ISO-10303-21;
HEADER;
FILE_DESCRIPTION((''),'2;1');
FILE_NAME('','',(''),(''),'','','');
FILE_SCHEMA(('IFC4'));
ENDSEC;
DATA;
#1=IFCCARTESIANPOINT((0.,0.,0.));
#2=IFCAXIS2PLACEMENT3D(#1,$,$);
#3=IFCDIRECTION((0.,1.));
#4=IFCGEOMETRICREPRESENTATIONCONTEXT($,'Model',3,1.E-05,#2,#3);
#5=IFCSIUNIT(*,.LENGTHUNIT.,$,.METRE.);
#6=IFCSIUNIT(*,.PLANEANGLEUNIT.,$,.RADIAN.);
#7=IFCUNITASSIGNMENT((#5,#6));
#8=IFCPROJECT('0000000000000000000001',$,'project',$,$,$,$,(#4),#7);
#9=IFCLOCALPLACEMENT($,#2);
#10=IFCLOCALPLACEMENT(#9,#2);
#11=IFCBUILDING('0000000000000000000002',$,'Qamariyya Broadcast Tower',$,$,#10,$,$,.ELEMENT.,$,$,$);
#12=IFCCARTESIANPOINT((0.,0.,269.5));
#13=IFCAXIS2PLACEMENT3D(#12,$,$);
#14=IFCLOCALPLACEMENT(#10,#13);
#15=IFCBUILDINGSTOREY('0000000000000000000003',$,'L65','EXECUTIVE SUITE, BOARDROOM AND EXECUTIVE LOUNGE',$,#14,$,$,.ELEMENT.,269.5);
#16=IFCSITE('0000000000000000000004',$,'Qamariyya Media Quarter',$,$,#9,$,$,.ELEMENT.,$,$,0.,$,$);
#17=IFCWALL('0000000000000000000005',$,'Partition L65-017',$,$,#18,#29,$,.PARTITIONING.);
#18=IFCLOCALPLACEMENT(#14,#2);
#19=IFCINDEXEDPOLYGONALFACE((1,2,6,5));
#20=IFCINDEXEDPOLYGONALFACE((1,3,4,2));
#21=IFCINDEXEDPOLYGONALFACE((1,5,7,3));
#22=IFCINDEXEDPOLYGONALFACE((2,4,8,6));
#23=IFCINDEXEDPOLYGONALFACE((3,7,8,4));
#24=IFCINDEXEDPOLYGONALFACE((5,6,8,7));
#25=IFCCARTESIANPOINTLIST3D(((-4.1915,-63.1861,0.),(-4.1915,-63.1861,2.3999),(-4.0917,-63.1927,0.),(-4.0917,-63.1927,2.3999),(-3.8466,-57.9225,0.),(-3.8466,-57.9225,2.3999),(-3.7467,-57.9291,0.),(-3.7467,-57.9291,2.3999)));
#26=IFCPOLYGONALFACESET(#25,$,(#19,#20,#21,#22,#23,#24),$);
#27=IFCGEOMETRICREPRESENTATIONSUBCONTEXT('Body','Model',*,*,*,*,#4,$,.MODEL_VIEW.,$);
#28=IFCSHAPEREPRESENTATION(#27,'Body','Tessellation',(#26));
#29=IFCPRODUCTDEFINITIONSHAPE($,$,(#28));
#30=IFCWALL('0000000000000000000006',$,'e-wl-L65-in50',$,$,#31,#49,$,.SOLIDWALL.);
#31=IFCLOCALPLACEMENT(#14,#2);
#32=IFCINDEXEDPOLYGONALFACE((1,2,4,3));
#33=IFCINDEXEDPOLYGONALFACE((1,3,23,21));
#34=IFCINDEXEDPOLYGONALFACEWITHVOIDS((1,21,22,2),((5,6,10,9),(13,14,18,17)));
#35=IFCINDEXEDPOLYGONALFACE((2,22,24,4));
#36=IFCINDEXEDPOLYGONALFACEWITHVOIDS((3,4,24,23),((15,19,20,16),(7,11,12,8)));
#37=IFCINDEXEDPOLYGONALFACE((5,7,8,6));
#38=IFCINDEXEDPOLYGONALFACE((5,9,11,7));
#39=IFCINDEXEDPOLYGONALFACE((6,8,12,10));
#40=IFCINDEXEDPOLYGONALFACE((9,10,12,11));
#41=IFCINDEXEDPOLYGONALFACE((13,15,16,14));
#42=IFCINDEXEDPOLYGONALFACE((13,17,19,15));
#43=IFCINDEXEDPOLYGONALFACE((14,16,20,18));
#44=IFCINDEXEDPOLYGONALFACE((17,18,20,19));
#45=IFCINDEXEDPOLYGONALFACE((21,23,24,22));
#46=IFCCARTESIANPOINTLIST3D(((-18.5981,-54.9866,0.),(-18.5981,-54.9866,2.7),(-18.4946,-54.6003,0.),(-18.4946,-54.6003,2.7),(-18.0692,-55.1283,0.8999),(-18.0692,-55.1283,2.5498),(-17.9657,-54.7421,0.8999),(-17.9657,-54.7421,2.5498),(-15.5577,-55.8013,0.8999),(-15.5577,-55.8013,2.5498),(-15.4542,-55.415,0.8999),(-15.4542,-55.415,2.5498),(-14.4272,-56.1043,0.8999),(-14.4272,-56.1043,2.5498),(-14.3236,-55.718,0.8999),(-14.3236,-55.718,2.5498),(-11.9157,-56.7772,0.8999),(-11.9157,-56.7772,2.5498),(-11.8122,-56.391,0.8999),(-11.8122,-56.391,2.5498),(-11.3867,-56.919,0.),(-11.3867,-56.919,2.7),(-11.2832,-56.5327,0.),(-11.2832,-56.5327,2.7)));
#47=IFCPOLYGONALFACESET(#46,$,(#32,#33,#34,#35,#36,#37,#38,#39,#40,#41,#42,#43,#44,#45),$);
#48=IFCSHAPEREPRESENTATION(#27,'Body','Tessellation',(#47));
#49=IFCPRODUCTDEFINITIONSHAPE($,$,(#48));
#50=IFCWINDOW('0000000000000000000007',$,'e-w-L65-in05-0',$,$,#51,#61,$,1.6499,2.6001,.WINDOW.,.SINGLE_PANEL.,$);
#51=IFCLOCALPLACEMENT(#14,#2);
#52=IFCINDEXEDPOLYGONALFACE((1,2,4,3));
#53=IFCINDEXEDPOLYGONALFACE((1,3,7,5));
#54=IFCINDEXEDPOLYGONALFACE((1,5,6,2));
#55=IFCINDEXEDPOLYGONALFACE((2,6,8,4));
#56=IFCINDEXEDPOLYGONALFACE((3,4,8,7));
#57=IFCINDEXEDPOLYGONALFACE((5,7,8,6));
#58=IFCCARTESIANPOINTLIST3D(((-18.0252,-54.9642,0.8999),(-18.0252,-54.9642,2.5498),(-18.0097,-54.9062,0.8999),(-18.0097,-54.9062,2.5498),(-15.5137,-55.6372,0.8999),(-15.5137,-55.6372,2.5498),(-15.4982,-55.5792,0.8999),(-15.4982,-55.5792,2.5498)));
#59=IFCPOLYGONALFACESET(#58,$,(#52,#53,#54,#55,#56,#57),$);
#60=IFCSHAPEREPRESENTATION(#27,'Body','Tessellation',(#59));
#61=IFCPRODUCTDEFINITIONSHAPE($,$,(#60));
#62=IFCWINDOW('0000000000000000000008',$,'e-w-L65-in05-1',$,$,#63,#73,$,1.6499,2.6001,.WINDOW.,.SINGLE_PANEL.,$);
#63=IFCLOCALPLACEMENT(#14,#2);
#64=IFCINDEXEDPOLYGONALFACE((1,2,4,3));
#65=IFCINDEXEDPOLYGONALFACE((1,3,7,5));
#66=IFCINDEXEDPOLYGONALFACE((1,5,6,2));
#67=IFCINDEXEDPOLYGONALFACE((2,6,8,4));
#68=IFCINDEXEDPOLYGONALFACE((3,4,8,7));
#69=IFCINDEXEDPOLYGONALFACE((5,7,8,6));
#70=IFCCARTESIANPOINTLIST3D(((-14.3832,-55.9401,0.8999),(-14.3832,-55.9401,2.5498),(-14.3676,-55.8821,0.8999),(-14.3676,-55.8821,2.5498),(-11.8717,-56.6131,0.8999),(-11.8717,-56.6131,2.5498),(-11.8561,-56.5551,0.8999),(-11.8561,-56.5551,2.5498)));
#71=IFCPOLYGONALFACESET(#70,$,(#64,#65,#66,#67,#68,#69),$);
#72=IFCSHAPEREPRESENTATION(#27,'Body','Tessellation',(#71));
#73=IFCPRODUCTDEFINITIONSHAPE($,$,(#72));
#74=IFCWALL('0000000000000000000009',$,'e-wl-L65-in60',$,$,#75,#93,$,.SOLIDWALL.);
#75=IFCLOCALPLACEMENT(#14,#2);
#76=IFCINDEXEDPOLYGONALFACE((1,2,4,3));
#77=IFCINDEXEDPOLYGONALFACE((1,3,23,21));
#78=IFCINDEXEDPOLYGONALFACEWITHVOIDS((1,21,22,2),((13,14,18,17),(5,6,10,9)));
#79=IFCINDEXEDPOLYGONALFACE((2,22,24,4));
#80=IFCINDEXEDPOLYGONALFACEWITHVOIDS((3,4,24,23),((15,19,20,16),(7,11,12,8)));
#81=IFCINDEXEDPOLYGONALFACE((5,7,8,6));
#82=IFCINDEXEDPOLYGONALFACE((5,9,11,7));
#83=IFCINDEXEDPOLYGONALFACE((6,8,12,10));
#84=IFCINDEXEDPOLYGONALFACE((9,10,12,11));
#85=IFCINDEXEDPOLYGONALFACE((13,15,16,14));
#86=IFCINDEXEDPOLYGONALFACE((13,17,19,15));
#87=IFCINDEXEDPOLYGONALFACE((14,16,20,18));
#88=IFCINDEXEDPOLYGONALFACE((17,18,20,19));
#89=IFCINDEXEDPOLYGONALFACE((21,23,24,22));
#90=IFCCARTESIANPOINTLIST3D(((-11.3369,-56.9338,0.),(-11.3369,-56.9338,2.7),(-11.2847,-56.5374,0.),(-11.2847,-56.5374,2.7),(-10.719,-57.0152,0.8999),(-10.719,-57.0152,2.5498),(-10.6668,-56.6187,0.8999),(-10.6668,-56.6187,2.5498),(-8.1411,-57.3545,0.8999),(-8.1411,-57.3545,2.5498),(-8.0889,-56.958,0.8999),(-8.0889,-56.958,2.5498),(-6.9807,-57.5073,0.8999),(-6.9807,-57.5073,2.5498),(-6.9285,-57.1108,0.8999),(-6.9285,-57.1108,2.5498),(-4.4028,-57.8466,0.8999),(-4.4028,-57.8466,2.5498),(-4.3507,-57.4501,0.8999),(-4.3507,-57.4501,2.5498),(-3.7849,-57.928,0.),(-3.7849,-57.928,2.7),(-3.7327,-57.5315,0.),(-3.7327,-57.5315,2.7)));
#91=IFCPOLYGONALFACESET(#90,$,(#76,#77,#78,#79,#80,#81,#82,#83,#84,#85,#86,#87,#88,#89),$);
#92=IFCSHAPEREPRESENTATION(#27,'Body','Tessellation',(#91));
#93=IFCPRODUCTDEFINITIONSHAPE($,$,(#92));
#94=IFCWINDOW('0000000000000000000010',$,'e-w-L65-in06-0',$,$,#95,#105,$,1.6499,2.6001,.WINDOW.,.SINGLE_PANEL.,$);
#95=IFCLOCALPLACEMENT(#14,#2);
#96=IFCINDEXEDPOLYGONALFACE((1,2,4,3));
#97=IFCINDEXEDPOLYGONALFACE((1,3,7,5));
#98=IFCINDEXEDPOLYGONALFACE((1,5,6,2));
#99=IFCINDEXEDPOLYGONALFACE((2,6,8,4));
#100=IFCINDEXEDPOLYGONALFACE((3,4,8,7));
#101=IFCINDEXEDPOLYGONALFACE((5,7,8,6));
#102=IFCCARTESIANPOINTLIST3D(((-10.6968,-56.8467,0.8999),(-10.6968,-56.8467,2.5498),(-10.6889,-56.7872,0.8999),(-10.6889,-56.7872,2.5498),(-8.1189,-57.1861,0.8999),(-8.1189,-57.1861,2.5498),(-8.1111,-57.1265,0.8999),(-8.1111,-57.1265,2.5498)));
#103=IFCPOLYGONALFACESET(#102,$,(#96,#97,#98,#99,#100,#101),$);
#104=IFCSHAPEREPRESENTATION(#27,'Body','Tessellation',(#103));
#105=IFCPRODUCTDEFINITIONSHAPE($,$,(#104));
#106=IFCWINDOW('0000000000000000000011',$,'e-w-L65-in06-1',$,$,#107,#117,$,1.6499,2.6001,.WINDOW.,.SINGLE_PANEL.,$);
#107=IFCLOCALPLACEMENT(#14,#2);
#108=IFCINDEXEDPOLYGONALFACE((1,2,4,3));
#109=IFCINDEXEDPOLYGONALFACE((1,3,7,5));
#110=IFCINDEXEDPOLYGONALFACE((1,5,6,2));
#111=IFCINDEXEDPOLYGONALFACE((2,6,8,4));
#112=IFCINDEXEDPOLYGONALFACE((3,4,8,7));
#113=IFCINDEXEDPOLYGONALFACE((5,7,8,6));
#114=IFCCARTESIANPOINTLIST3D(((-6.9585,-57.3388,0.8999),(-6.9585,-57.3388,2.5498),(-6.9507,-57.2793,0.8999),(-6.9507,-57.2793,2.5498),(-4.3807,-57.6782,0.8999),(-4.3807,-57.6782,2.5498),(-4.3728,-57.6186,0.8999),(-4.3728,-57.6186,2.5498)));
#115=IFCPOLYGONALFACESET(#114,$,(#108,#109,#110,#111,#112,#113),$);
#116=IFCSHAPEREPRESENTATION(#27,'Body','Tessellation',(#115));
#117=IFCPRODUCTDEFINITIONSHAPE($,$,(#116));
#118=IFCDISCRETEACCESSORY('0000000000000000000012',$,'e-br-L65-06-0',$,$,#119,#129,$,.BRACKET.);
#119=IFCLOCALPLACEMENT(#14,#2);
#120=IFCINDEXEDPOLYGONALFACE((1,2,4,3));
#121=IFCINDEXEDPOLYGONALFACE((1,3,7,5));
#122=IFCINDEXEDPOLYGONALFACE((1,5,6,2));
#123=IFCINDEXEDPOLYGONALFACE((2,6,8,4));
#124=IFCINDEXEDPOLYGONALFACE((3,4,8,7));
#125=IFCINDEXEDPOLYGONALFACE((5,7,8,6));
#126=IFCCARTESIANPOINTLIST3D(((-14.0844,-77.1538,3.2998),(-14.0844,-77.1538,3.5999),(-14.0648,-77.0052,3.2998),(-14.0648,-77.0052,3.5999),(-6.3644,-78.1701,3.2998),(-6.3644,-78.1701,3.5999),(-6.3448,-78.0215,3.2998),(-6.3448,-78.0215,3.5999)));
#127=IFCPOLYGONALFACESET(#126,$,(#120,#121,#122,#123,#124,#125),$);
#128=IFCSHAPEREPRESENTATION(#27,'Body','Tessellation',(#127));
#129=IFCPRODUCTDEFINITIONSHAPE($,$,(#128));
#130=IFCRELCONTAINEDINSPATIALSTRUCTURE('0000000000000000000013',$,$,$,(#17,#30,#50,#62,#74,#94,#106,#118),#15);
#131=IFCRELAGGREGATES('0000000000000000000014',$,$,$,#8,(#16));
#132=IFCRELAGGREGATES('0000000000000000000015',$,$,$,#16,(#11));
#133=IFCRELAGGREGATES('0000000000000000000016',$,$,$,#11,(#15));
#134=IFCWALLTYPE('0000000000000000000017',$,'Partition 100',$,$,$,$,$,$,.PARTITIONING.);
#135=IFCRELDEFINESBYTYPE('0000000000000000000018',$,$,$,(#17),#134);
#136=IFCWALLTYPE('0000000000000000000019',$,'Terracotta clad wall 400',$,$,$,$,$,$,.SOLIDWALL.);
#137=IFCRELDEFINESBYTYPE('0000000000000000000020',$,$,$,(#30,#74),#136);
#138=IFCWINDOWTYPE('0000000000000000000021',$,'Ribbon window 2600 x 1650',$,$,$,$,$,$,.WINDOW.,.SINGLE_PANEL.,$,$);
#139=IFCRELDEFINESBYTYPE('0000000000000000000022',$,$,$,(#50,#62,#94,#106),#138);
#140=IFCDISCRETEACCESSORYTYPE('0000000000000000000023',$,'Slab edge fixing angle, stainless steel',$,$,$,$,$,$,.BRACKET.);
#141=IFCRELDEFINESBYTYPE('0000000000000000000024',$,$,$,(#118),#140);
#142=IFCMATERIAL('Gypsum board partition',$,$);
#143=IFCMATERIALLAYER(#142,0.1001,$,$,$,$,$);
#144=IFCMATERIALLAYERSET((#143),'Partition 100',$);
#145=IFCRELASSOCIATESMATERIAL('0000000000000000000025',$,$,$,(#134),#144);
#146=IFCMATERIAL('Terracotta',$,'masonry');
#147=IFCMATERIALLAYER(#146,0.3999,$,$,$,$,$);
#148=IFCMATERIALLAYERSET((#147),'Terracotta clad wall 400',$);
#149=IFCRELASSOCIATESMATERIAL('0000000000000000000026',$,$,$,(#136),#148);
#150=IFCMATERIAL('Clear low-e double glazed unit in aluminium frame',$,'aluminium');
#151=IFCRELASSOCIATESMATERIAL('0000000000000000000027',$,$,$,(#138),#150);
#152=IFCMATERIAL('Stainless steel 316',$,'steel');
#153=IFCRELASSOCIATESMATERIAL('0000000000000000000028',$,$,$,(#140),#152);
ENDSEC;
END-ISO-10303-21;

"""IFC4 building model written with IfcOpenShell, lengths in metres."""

from ifc_helpers import new_model, si_unit, direction, frame, frame_2d, origin, origin_2d, place, context, subcontext, project, spatial, rectangle, extrude, material, layer, layer_set, type_object, element, fill, save


model = new_model("IFC4")

# Units and contexts
model_context = context("Model", 3, precision=1e-05, world=origin(), true_north=direction((0.0, 1.0)))
body_context = subcontext(model_context, "Body", "Model", "MODEL_VIEW")
ifc_project = project(units=[si_unit("LENGTHUNIT", "METRE"), si_unit("PLANEANGLEUNIT", "RADIAN")], contexts=[model_context])

# Site, building, storey
site_placement = place(None, origin())
site = spatial("IfcSite", under=ifc_project, at=site_placement, Name="Qamariyya Media Quarter", CompositionType="ELEMENT", RefElevation=0.0)
building_placement = place(site_placement, origin())
building = spatial("IfcBuilding", under=site, at=building_placement, Name="Qamariyya Broadcast Tower", CompositionType="ELEMENT")
storey_placement = place(building_placement, frame((0.0, 0.0, 269.5)))
storey = spatial("IfcBuildingStorey", under=building, at=storey_placement, Name="L65", Description="EXECUTIVE SUITE, BOARDROOM AND EXECUTIVE LOUNGE", CompositionType="ELEMENT", Elevation=269.5)

# Shared definitions
ifc_material_1 = material(Name="Gypsum board partition")

# Wall
ifc_layer_1 = layer(ifc_material_1, 0.1001)
ifc_layer_set_1 = layer_set([ifc_layer_1], Name="Partition 100")
wall_type_1 = type_object("IfcWallType", Name="Partition 100", PredefinedType="PARTITIONING", material=ifc_layer_set_1)
wall_1_placement = place(storey_placement, frame((-3.7966, -57.9258, 0.0), z_axis=(0.0, 0.0, 1.0), x_axis=(-0.065398, -0.997859, 0.0)))
element("IfcWall", 1, at=wall_1_placement, inside=storey, type_object=wall_type_1, Name="Partition L65-017", PredefinedType="PARTITIONING", context=body_context, shape_type="SweptSolid", body=[
    extrude(rectangle(XDim=5.2749, YDim=0.1001, at=frame_2d((2.6375, 0.0))), origin(), (0.0, 0.0, 1.0), 2.3999),
])

# Walls, openings, windows
ifc_material_2 = material(Name="Terracotta", Category="masonry")
ifc_layer_2 = layer(ifc_material_2, 0.3999)
ifc_layer_set_2 = layer_set([ifc_layer_2], Name="Terracotta clad wall 400")
wall_type_2 = type_object("IfcWallType", Name="Terracotta clad wall 400", PredefinedType="SOLIDWALL", material=ifc_layer_set_2)
wall_2_placement = place(storey_placement, frame((-11.335, -56.7258, 0.0), z_axis=(0.0, 0.0, 1.0), x_axis=(-0.965923, 0.258829, 0.0)))
wall_2 = element("IfcWall", 2, at=wall_2_placement, inside=storey, type_object=wall_type_2, Name="e-wl-L65-in50", PredefinedType="SOLIDWALL", context=body_context, shape_type="SweptSolid", body=[
    extrude(rectangle(XDim=7.4658, YDim=0.3999, at=frame_2d((3.7329, 0.0))), origin(), (0.0, 0.0, 1.0), 2.7),
])
opening_1_placement = place(wall_2_placement, frame((4.3181, 0.0, 0.8999)))
opening_1 = element("IfcOpeningElement", 3, at=opening_1_placement, cuts=wall_2, PredefinedType="OPENING", context=body_context, shape_type="SweptSolid", body=[
    extrude(rectangle(XDim=2.6001, YDim=1.6499, at=frame_2d((1.3, 0.825))), frame((0.0, 0.21, 0.0), z_axis=(0.0, -1.0, 0.0), x_axis=(1.0, 0.0, 0.0)), (0.0, 0.0, 1.0), 0.4199),
])
opening_2_placement = place(wall_2_placement, frame((0.5476, 0.0, 0.8999)))
opening_2 = element("IfcOpeningElement", 4, at=opening_2_placement, cuts=wall_2, PredefinedType="OPENING", context=body_context, shape_type="SweptSolid", body=[
    extrude(rectangle(XDim=2.6001, YDim=1.6499, at=frame_2d((1.3, 0.825))), frame((0.0, 0.21, 0.0), z_axis=(0.0, -1.0, 0.0), x_axis=(1.0, 0.0, 0.0)), (0.0, 0.0, 1.0), 0.4199),
])
ifc_material_3 = material(Name="Clear low-e double glazed unit in aluminium frame", Category="aluminium")
window_type = type_object("IfcWindowType", Name="Ribbon window 2600 x 1650", PartitioningType="SINGLE_PANEL", PredefinedType="WINDOW", material=ifc_material_3)
window_1_placement = place(opening_1_placement, origin())
window_1 = element("IfcWindow", 5, at=window_1_placement, inside=storey, type_object=window_type, Name="e-w-L65-in05-0", OverallHeight=1.6499, OverallWidth=2.6001, PartitioningType="SINGLE_PANEL", PredefinedType="WINDOW", context=body_context, shape_type="SweptSolid", body=[
    extrude(rectangle(XDim=2.6001, YDim=1.6499, at=frame_2d((1.3, 0.825))), frame((0.0, 0.03, 0.0), z_axis=(0.0, -1.0, 0.0), x_axis=(1.0, 0.0, 0.0)), (0.0, 0.0, 1.0), 0.0601),
])
fill(opening_1, window_1)
window_2_placement = place(opening_2_placement, origin())
window_2 = element("IfcWindow", 6, at=window_2_placement, inside=storey, type_object=window_type, Name="e-w-L65-in05-1", OverallHeight=1.6499, OverallWidth=2.6001, PartitioningType="SINGLE_PANEL", PredefinedType="WINDOW", context=body_context, shape_type="SweptSolid", body=[
    extrude(rectangle(XDim=2.6001, YDim=1.6499, at=frame_2d((1.3, 0.825))), frame((0.0, 0.03, 0.0), z_axis=(0.0, -1.0, 0.0), x_axis=(1.0, 0.0, 0.0)), (0.0, 0.0, 1.0), 0.0601),
])
fill(opening_2, window_2)
wall_3_placement = place(storey_placement, frame((-3.7588, -57.7297, 0.0), z_axis=(0.0, 0.0, 1.0), x_axis=(-0.991447, 0.130513, 0.0)))
wall_3 = element("IfcWall", 7, at=wall_3_placement, inside=storey, type_object=wall_type_2, Name="e-wl-L65-in60", PredefinedType="SOLIDWALL", context=body_context, shape_type="SweptSolid", body=[
    extrude(rectangle(XDim=7.6172, YDim=0.3999, at=frame_2d((3.8086, 0.0))), origin(), (0.0, 0.0, 1.0), 2.7),
])
opening_3_placement = place(wall_3_placement, frame((4.3938, 0.0, 0.8999)))
opening_3 = element("IfcOpeningElement", 8, at=opening_3_placement, cuts=wall_3, PredefinedType="OPENING", context=body_context, shape_type="SweptSolid", body=[
    extrude(rectangle(XDim=2.6001, YDim=1.6499, at=frame_2d((1.3, 0.825))), frame((0.0, 0.21, 0.0), z_axis=(0.0, -1.0, 0.0), x_axis=(1.0, 0.0, 0.0)), (0.0, 0.0, 1.0), 0.4199),
])
opening_4_placement = place(wall_3_placement, frame((0.6233, 0.0, 0.8999)))
opening_4 = element("IfcOpeningElement", 9, at=opening_4_placement, cuts=wall_3, PredefinedType="OPENING", context=body_context, shape_type="SweptSolid", body=[
    extrude(rectangle(XDim=2.6001, YDim=1.6499, at=frame_2d((1.3, 0.825))), frame((0.0, 0.21, 0.0), z_axis=(0.0, -1.0, 0.0), x_axis=(1.0, 0.0, 0.0)), (0.0, 0.0, 1.0), 0.4199),
])
window_3_placement = place(opening_3_placement, origin())
window_3 = element("IfcWindow", 10, at=window_3_placement, inside=storey, type_object=window_type, Name="e-w-L65-in06-0", OverallHeight=1.6499, OverallWidth=2.6001, PartitioningType="SINGLE_PANEL", PredefinedType="WINDOW", context=body_context, shape_type="SweptSolid", body=[
    extrude(rectangle(XDim=2.6001, YDim=1.6499, at=frame_2d((1.3, 0.825))), frame((0.0, 0.03, 0.0), z_axis=(0.0, -1.0, 0.0), x_axis=(1.0, 0.0, 0.0)), (0.0, 0.0, 1.0), 0.0601),
])
fill(opening_3, window_3)
window_4_placement = place(opening_4_placement, origin())
window_4 = element("IfcWindow", 11, at=window_4_placement, inside=storey, type_object=window_type, Name="e-w-L65-in06-1", OverallHeight=1.6499, OverallWidth=2.6001, PartitioningType="SINGLE_PANEL", PredefinedType="WINDOW", context=body_context, shape_type="SweptSolid", body=[
    extrude(rectangle(XDim=2.6001, YDim=1.6499, at=frame_2d((1.3, 0.825))), frame((0.0, 0.03, 0.0), z_axis=(0.0, -1.0, 0.0), x_axis=(1.0, 0.0, 0.0)), (0.0, 0.0, 1.0), 0.0601),
])
fill(opening_4, window_4)

# Discrete accessory
ifc_material_4 = material(Name="Stainless steel 316", Category="steel")
discrete_accessory_type = type_object("IfcDiscreteAccessoryType", Name="Slab edge fixing angle, stainless steel", PredefinedType="BRACKET", material=ifc_material_4)
discrete_accessory_placement = place(storey_placement, frame((-10.2146, -77.5876, 3.2998), z_axis=(0.0, 0.0, 1.0), x_axis=(0.991445, -0.130526, 0.0)))
element("IfcDiscreteAccessory", 12, at=discrete_accessory_placement, inside=storey, type_object=discrete_accessory_type, Name="e-br-L65-06-0", PredefinedType="BRACKET", context=body_context, shape_type="SweptSolid", body=[
    extrude(rectangle(XDim=7.7866, YDim=0.1499, at=origin_2d()), origin(), (0.0, 0.0, 1.0), 0.3),
])

save(model, "model.ifc")
